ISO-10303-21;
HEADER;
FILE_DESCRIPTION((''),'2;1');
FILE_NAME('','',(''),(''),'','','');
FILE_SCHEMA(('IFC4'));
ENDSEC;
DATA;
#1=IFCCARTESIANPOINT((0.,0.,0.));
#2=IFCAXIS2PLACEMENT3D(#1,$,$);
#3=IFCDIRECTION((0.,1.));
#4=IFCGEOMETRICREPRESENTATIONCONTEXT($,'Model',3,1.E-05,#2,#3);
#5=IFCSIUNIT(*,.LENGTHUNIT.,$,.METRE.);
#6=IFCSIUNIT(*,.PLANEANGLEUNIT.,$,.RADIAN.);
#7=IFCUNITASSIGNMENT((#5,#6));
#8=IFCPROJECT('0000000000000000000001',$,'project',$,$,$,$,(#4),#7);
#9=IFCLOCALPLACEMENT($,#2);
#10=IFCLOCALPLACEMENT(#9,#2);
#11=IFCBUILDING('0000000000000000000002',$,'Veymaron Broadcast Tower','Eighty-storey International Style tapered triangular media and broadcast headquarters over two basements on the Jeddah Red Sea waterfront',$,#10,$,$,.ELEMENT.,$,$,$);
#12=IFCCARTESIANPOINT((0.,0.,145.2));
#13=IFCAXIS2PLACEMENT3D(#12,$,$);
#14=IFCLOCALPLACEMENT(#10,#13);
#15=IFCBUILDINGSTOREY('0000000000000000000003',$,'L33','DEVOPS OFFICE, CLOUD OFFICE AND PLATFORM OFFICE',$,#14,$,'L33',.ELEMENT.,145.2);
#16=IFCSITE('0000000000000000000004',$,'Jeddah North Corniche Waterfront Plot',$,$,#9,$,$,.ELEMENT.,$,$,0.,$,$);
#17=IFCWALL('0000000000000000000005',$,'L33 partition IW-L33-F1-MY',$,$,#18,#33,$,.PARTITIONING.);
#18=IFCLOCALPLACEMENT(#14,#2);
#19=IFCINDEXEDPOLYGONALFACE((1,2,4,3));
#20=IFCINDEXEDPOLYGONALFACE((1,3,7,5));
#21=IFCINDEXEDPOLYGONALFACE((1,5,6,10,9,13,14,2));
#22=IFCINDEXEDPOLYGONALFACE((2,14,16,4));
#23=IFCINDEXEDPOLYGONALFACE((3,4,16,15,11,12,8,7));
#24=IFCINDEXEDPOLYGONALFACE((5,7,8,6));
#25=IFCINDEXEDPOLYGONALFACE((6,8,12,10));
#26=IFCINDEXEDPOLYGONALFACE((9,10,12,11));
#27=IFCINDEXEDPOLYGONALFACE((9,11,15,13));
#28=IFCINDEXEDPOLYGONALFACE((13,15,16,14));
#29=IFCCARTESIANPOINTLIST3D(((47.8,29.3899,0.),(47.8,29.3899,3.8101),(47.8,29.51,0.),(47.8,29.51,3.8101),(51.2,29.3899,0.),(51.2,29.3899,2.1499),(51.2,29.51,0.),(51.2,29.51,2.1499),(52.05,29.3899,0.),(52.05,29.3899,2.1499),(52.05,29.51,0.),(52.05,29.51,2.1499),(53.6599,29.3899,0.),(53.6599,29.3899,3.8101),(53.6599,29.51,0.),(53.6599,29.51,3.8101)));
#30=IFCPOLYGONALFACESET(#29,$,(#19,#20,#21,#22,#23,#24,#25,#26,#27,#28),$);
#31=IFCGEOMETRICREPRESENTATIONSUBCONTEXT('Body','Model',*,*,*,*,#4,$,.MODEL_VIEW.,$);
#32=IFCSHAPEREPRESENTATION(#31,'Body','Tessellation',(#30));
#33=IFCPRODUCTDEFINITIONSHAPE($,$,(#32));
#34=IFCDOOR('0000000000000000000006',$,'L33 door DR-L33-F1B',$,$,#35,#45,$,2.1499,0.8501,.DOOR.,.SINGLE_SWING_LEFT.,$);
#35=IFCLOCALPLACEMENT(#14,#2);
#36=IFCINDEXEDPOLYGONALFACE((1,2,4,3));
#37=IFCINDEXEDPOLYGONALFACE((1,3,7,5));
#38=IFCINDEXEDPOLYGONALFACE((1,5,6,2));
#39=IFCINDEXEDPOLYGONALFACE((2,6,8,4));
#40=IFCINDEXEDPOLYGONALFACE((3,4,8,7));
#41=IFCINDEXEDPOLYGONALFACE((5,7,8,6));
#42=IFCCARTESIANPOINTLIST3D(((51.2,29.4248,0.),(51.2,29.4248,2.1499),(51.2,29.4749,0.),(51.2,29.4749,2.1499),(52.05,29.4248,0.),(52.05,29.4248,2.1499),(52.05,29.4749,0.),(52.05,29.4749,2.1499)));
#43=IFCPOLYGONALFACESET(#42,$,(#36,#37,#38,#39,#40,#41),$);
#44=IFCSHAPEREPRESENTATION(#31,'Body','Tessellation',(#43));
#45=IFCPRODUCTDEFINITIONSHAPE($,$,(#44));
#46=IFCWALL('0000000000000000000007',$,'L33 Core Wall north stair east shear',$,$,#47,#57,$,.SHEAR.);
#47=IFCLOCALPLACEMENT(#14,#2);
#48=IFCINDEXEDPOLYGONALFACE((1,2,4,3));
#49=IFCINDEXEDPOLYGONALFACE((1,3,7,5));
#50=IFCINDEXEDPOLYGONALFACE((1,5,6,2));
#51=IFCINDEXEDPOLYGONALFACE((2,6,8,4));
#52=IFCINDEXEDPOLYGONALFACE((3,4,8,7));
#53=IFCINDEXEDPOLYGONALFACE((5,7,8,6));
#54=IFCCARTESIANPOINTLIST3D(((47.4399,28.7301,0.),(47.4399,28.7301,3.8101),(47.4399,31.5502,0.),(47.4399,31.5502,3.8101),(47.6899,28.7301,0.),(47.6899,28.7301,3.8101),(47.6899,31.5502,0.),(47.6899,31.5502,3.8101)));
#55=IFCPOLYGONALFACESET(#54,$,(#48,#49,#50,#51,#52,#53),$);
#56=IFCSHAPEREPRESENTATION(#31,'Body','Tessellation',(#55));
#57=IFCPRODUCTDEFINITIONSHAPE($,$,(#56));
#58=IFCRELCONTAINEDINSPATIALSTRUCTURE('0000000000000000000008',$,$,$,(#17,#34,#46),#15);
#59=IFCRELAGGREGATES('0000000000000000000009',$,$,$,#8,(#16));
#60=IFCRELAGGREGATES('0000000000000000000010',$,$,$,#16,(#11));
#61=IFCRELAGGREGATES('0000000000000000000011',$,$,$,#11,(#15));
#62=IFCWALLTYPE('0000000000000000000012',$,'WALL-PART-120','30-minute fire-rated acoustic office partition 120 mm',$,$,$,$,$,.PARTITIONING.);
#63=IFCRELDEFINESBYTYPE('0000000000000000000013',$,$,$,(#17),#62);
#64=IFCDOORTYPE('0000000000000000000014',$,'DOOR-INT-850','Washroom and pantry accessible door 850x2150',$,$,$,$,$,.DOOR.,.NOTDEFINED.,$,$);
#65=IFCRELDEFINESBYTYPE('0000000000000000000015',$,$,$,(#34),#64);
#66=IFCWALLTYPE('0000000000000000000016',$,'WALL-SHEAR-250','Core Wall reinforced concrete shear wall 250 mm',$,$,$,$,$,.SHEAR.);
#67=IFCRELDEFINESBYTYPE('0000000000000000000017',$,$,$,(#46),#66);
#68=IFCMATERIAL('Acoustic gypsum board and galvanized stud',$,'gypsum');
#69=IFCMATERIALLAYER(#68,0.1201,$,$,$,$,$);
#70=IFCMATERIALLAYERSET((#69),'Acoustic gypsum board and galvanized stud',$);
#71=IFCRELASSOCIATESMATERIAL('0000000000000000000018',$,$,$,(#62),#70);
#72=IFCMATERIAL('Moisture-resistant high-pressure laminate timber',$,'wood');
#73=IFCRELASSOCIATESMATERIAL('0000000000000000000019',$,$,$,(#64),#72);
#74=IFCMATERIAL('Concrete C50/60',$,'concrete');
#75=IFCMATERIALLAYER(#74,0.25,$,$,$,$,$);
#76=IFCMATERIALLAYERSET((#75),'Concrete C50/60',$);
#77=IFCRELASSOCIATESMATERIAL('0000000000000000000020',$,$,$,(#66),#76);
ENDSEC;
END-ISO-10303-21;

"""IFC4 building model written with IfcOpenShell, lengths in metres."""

from ifc_helpers import new_model, si_unit, direction, frame, frame_2d, origin, place, context, subcontext, project, spatial, rectangle, extrude, material, layer, layer_set, type_object, element, fill, save


model = new_model("IFC4")

# Units and contexts
model_context = context("Model", 3, precision=1e-05, world=origin(), true_north=direction((0.0, 1.0)))
body_context = subcontext(model_context, "Body", "Model", "MODEL_VIEW")
ifc_project = project(units=[si_unit("LENGTHUNIT", "METRE"), si_unit("PLANEANGLEUNIT", "RADIAN")], contexts=[model_context])

# Site, building, storey
site_placement = place(None, origin())
site = spatial("IfcSite", under=ifc_project, at=site_placement, Name="Jeddah North Corniche Waterfront Plot", CompositionType="ELEMENT", RefElevation=0.0)
building_placement = place(site_placement, origin())
building = spatial("IfcBuilding", under=site, at=building_placement, Name="Veymaron Broadcast Tower", Description="Eighty-storey International Style tapered triangular media and broadcast headquarters over two basements on the Jeddah Red Sea waterfront", CompositionType="ELEMENT")
storey_placement = place(building_placement, frame((0.0, 0.0, 145.2)))
storey = spatial("IfcBuildingStorey", under=building, at=storey_placement, Name="L33", Description="DEVOPS OFFICE, CLOUD OFFICE AND PLATFORM OFFICE", LongName="L33", CompositionType="ELEMENT", Elevation=145.2)

# Wall, opening, door
ifc_material_1 = material(Name="Acoustic gypsum board and galvanized stud", Category="gypsum")
ifc_layer_1 = layer(ifc_material_1, 0.1201)
ifc_layer_set_1 = layer_set([ifc_layer_1], Name="Acoustic gypsum board and galvanized stud")
wall_type_1 = type_object("IfcWallType", Name="WALL-PART-120", Description="30-minute fire-rated acoustic office partition 120 mm", PredefinedType="PARTITIONING", material=ifc_layer_set_1)
ifc_material_2 = material(Name="Moisture-resistant high-pressure laminate timber", Category="wood")
door_type_1 = type_object("IfcDoorType", Name="DOOR-INT-850", Description="Washroom and pantry accessible door 850x2150", OperationType="NOTDEFINED", PredefinedType="DOOR", material=ifc_material_2)
wall_1_placement = place(storey_placement, frame((47.8, 29.45, 0.0), z_axis=(0.0, 0.0, 1.0), x_axis=(1.0, 0.0, 0.0)))
wall_1 = element("IfcWall", 1, at=wall_1_placement, inside=storey, type_object=wall_type_1, Name="L33 partition IW-L33-F1-MY", PredefinedType="PARTITIONING", context=body_context, shape_type="SweptSolid", body=[
    extrude(rectangle(XDim=5.8599, YDim=0.1201, at=frame_2d((2.9299, 0.0))), origin(), (0.0, 0.0, 1.0), 3.8101),
])
opening_1_placement = place(wall_1_placement, frame((3.3999, 0.0, 0.0)))
opening_1 = element("IfcOpeningElement", 2, at=opening_1_placement, cuts=wall_1, PredefinedType="OPENING", context=body_context, shape_type="SweptSolid", body=[
    extrude(rectangle(XDim=0.8501, YDim=2.1499, at=frame_2d((0.425, 1.075))), frame((0.0, 0.0701, 0.0), z_axis=(0.0, -1.0, 0.0), x_axis=(1.0, 0.0, 0.0)), (0.0, 0.0, 1.0), 0.1401),
])
door_1_placement = place(opening_1_placement, origin())
door_1 = element("IfcDoor", 3, at=door_1_placement, inside=storey, type_object=door_type_1, Name="L33 door DR-L33-F1B", OperationType="SINGLE_SWING_LEFT", OverallHeight=2.1499, OverallWidth=0.8501, PredefinedType="DOOR", context=body_context, shape_type="SweptSolid", body=[
    extrude(rectangle(XDim=0.8501, YDim=2.1499, at=frame_2d((0.425, 1.075))), frame((0.0, 0.0249, 0.0), z_axis=(0.0, -1.0, 0.0), x_axis=(1.0, 0.0, 0.0)), (0.0, 0.0, 1.0), 0.05),
])
fill(opening_1, door_1)

# Wall
ifc_material_3 = material(Name="Concrete C50/60", Category="concrete")
ifc_layer_2 = layer(ifc_material_3, 0.25)
ifc_layer_set_2 = layer_set([ifc_layer_2], Name="Concrete C50/60")
wall_type_2 = type_object("IfcWallType", Name="WALL-SHEAR-250", Description="Core Wall reinforced concrete shear wall 250 mm", PredefinedType="SHEAR", material=ifc_layer_set_2)
wall_2_placement = place(storey_placement, frame((47.5649, 28.73, 0.0), z_axis=(0.0, 0.0, 1.0), x_axis=(0.0, 1.0, 0.0)))
element("IfcWall", 4, at=wall_2_placement, inside=storey, type_object=wall_type_2, Name="L33 Core Wall north stair east shear", PredefinedType="SHEAR", context=body_context, shape_type="SweptSolid", body=[
    extrude(rectangle(XDim=2.8201, YDim=0.25, at=frame_2d((1.4102, 0.0))), origin(), (0.0, 0.0, 1.0), 3.8101),
])

save(model, "model.ifc")
